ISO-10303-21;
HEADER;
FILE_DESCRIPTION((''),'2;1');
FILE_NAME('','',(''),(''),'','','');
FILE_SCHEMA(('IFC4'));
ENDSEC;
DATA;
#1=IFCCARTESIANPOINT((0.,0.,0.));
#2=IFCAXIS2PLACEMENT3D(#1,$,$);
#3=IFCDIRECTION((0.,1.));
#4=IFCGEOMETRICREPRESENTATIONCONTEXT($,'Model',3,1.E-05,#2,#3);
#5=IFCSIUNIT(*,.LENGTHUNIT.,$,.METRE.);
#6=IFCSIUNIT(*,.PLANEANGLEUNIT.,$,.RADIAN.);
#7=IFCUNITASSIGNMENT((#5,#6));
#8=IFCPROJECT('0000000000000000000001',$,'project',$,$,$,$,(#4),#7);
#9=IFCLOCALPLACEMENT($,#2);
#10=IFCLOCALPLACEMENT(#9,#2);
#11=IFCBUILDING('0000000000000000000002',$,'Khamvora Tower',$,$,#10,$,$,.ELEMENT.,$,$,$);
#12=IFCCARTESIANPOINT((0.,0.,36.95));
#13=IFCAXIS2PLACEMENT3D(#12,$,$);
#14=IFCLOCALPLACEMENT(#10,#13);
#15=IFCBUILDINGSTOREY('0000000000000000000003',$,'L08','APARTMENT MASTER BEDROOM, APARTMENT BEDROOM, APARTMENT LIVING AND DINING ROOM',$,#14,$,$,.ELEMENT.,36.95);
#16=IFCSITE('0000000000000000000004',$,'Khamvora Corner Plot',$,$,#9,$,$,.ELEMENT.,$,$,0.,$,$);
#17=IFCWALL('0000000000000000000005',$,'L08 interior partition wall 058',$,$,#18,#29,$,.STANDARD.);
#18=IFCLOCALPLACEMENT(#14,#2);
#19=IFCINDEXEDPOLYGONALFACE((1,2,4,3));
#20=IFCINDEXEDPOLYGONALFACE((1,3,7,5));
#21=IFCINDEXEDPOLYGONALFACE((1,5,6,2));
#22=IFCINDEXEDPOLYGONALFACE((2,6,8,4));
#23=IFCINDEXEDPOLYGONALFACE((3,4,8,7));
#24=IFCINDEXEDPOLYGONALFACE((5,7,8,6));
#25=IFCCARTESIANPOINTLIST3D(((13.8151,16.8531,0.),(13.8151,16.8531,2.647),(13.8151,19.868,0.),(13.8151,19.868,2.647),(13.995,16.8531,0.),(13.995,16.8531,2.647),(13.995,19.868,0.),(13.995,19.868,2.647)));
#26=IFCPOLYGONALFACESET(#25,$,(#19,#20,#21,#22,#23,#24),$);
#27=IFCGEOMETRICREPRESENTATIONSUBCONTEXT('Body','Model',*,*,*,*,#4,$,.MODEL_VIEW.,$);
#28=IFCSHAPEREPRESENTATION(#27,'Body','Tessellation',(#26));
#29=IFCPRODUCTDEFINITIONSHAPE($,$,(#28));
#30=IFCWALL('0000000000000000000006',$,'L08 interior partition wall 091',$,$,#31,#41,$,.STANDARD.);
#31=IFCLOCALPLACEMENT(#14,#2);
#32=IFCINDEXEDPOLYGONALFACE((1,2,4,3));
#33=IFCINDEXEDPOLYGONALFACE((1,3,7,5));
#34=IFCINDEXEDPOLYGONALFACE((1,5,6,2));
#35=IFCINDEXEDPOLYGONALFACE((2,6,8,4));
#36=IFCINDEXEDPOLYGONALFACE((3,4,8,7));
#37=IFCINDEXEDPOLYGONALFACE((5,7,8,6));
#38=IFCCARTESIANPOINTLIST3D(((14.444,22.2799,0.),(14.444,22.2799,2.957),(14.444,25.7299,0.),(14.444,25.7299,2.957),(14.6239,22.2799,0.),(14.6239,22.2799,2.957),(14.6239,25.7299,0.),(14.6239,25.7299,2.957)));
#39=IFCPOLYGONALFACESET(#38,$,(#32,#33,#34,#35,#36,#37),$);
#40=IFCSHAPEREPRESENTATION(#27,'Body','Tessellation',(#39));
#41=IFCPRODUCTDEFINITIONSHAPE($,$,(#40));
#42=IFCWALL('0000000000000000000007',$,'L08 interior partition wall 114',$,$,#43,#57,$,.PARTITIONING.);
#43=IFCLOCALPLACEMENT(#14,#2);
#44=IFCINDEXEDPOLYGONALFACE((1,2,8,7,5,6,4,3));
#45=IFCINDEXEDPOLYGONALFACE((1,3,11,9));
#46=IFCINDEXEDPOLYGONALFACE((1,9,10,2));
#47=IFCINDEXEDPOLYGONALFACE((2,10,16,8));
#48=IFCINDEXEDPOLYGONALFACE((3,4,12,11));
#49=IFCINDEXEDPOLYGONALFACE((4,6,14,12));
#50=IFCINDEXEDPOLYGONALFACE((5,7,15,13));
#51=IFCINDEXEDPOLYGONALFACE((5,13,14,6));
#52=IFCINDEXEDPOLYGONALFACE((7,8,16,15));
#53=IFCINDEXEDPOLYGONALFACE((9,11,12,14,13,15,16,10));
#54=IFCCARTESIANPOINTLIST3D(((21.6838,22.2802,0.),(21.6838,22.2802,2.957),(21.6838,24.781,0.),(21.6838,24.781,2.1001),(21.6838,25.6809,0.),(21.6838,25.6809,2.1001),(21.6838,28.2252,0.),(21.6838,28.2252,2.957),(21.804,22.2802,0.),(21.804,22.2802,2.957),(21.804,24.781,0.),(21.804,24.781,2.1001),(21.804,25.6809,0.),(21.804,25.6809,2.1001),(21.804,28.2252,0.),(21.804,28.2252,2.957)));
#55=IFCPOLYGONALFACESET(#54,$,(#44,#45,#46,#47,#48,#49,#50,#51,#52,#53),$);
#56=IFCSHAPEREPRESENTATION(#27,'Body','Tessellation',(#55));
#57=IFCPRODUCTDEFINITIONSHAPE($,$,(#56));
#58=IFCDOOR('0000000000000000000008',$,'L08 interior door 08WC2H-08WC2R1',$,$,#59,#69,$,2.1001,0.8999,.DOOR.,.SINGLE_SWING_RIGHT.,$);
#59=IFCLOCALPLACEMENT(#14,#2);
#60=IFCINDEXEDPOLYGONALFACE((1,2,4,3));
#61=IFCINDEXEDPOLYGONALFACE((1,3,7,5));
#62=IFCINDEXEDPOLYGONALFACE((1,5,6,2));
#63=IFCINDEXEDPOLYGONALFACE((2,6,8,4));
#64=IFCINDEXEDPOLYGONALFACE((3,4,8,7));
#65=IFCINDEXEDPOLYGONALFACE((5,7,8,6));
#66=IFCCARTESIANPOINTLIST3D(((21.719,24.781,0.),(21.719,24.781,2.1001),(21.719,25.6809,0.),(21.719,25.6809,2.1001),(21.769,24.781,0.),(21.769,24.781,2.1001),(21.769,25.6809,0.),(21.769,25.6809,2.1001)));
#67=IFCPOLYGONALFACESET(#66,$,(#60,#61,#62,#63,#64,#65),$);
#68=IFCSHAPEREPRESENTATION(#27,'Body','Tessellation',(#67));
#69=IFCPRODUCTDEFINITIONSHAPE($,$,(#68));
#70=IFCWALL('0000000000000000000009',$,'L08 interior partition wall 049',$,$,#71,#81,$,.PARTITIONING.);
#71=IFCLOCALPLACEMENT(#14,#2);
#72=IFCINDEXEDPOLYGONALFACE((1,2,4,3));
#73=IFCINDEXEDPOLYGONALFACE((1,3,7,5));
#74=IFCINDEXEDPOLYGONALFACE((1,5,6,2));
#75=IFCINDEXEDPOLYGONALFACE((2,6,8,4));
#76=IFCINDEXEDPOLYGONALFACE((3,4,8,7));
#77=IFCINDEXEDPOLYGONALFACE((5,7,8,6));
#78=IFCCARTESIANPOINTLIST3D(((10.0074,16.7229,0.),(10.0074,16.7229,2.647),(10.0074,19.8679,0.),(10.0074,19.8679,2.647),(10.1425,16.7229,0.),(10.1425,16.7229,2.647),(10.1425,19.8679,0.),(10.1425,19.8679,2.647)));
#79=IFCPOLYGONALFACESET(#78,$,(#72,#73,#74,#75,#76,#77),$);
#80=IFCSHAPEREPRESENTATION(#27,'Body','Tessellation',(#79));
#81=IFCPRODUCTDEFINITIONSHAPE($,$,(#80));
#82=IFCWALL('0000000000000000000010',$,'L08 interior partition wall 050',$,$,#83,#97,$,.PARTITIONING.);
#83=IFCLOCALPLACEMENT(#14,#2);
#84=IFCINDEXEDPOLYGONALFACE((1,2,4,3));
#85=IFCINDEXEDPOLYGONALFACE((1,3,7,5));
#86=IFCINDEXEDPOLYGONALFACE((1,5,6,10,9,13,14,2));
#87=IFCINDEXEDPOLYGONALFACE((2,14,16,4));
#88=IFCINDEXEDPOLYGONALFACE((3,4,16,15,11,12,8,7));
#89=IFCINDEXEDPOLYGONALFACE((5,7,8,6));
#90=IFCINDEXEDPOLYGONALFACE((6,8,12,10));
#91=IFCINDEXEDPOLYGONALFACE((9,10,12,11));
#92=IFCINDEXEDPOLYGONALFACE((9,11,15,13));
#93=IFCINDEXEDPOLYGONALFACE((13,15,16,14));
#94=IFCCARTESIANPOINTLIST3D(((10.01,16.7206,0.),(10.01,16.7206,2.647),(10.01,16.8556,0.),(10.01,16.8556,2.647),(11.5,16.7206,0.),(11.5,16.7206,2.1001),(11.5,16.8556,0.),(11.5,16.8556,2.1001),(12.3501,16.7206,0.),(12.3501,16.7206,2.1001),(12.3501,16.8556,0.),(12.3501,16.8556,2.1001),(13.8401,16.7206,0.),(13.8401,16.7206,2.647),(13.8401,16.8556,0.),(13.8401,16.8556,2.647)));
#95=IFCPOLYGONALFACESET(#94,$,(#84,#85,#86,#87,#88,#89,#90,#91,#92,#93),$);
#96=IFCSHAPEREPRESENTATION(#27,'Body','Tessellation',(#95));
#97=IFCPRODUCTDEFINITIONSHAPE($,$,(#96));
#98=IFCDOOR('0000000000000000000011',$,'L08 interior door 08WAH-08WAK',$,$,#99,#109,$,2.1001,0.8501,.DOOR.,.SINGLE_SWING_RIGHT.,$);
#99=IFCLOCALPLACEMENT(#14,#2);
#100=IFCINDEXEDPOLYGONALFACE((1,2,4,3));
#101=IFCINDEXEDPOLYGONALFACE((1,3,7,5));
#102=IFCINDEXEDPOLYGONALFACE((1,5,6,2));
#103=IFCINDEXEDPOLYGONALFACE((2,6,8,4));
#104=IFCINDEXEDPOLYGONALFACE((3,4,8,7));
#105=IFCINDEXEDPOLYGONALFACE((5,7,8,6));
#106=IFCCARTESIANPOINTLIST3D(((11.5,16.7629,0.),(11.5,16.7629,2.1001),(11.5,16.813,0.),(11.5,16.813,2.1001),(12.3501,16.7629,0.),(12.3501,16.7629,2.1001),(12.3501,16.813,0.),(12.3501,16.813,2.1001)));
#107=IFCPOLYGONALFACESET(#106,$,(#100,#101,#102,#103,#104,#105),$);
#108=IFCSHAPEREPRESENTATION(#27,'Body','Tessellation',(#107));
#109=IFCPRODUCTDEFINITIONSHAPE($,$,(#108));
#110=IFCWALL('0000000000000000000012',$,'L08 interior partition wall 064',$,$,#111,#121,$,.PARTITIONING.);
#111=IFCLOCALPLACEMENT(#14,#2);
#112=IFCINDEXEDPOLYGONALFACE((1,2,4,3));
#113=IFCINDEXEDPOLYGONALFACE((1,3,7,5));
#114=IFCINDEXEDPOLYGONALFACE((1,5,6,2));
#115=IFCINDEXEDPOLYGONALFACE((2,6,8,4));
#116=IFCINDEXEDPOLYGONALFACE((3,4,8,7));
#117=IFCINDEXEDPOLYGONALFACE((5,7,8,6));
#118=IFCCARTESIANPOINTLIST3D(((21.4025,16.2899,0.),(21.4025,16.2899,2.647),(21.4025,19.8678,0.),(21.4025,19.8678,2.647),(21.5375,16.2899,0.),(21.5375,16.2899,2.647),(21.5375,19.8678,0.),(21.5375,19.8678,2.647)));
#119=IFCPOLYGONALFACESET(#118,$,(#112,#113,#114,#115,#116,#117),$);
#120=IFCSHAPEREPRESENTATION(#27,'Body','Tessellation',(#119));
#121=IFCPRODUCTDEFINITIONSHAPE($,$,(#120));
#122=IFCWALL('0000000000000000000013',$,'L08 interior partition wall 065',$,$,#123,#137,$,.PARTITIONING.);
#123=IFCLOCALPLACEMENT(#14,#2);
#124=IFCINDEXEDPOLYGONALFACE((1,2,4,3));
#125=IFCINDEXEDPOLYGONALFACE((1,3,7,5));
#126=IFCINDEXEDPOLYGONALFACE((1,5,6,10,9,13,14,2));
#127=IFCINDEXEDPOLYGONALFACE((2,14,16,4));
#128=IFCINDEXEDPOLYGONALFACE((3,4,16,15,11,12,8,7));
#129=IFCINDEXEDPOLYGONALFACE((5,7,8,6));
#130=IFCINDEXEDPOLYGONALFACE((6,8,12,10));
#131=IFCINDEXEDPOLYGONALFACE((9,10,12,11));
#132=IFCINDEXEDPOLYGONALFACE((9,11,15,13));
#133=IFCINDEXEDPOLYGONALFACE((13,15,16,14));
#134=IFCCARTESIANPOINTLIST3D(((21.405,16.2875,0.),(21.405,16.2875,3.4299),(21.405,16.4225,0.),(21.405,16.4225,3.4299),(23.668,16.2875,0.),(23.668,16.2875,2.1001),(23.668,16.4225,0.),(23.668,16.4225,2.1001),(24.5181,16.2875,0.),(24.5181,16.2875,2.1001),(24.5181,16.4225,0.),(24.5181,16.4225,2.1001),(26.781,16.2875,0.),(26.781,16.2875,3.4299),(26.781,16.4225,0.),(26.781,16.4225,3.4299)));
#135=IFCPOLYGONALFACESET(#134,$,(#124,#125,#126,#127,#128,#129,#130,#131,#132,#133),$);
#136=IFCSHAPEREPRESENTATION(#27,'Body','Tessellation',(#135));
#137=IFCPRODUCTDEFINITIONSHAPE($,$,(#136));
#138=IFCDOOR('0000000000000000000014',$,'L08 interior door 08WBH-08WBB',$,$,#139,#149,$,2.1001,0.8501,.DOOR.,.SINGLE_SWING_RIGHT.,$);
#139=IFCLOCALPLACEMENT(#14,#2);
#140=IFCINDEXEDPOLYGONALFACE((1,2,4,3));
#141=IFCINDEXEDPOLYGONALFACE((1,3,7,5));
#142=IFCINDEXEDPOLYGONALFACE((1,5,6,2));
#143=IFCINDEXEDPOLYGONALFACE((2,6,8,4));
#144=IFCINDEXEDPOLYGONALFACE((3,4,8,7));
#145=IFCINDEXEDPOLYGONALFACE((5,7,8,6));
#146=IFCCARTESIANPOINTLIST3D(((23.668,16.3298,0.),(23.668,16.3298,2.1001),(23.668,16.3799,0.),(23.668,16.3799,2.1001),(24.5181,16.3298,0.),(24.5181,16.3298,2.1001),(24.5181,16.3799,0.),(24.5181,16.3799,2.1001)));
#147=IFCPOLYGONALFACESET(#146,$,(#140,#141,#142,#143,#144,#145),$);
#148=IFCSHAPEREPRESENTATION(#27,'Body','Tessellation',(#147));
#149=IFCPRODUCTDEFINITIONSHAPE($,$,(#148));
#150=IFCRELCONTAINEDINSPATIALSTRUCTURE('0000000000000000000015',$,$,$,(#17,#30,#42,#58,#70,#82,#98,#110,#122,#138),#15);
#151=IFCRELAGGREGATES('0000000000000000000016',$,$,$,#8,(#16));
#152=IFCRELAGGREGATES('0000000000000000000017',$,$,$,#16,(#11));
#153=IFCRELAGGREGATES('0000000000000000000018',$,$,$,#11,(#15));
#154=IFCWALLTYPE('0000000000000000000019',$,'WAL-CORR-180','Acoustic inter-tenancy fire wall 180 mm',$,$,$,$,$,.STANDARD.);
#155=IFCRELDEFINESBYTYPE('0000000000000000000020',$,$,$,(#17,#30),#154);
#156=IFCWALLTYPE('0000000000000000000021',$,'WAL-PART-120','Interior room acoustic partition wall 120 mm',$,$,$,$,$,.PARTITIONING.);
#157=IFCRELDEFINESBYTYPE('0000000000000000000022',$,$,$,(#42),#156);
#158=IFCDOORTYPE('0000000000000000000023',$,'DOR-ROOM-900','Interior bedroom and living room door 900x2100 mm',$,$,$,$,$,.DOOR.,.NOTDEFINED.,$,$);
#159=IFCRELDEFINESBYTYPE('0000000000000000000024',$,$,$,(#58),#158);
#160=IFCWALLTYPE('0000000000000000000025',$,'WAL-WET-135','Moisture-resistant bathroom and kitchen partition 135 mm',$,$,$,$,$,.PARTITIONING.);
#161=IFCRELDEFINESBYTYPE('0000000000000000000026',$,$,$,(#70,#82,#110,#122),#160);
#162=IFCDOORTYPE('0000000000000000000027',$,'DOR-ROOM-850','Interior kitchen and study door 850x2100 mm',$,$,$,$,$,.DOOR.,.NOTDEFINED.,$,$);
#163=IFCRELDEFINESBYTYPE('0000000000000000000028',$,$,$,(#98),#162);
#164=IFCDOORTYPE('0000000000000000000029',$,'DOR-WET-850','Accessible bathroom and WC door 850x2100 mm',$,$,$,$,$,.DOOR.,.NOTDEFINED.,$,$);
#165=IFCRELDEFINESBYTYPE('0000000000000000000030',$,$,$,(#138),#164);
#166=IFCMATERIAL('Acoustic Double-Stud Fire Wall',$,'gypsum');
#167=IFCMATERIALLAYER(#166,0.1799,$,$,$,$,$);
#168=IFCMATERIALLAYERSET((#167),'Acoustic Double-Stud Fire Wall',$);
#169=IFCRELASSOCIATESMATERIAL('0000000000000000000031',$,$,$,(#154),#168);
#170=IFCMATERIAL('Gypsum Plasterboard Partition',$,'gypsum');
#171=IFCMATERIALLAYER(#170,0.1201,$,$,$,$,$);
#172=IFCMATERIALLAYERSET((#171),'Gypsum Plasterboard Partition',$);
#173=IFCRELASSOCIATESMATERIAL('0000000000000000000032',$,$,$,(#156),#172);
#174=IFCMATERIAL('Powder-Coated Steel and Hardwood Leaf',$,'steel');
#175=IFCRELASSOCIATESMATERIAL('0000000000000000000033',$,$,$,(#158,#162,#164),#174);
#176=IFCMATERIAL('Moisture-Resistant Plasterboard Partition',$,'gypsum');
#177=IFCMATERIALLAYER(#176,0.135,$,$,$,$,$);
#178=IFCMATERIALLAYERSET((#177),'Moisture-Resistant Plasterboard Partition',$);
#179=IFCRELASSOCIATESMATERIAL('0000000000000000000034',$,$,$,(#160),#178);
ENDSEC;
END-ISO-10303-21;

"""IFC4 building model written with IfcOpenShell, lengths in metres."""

from ifc_helpers import new_model, si_unit, direction, frame, frame_2d, origin, place, context, subcontext, project, spatial, rectangle, extrude, material, layer, layer_set, type_object, element, fill, save


model = new_model("IFC4")

# Units and contexts
model_context = context("Model", 3, precision=1e-05, world=origin(), true_north=direction((0.0, 1.0)))
body_context = subcontext(model_context, "Body", "Model", "MODEL_VIEW")
ifc_project = project(units=[si_unit("LENGTHUNIT", "METRE"), si_unit("PLANEANGLEUNIT", "RADIAN")], contexts=[model_context])

# Site, building, storey
site_placement = place(None, origin())
site = spatial("IfcSite", under=ifc_project, at=site_placement, Name="Khamvora Corner Plot", CompositionType="ELEMENT", RefElevation=0.0)
building_placement = place(site_placement, origin())
building = spatial("IfcBuilding", under=site, at=building_placement, Name="Khamvora Tower", CompositionType="ELEMENT")
storey_placement = place(building_placement, frame((0.0, 0.0, 36.95)))
storey = spatial("IfcBuildingStorey", under=building, at=storey_placement, Name="L08", Description="APARTMENT MASTER BEDROOM, APARTMENT BEDROOM, APARTMENT LIVING AND DINING ROOM", CompositionType="ELEMENT", Elevation=36.95)

# Shared definitions
ifc_material_1 = material(Name="Powder-Coated Steel and Hardwood Leaf", Category="steel")

# Walls
ifc_material_2 = material(Name="Acoustic Double-Stud Fire Wall", Category="gypsum")
ifc_layer_1 = layer(ifc_material_2, 0.1799)
ifc_layer_set_1 = layer_set([ifc_layer_1], Name="Acoustic Double-Stud Fire Wall")
wall_type_1 = type_object("IfcWallType", Name="WAL-CORR-180", Description="Acoustic inter-tenancy fire wall 180 mm", PredefinedType="STANDARD", material=ifc_layer_set_1)
wall_1_placement = place(storey_placement, frame((13.905, 19.8679, 0.0), z_axis=(0.0, 0.0, 1.0), x_axis=(0.0, -1.0, 0.0)))
element("IfcWall", 1, at=wall_1_placement, inside=storey, type_object=wall_type_1, Name="L08 interior partition wall 058", PredefinedType="STANDARD", context=body_context, shape_type="SweptSolid", body=[
    extrude(rectangle(XDim=3.0149, YDim=0.1799, at=frame_2d((1.5073, 0.0))), origin(), (0.0, 0.0, 1.0), 2.647),
])
wall_2_placement = place(storey_placement, frame((14.5339, 25.73, 0.0), z_axis=(0.0, 0.0, 1.0), x_axis=(0.0, -1.0, 0.0)))
element("IfcWall", 2, at=wall_2_placement, inside=storey, type_object=wall_type_1, Name="L08 interior partition wall 091", PredefinedType="STANDARD", context=body_context, shape_type="SweptSolid", body=[
    extrude(rectangle(XDim=3.45, YDim=0.1799, at=frame_2d((1.7251, 0.0))), origin(), (0.0, 0.0, 1.0), 2.957),
])

# Wall, opening, door
ifc_material_3 = material(Name="Gypsum Plasterboard Partition", Category="gypsum")
ifc_layer_2 = layer(ifc_material_3, 0.1201)
ifc_layer_set_2 = layer_set([ifc_layer_2], Name="Gypsum Plasterboard Partition")
wall_type_2 = type_object("IfcWallType", Name="WAL-PART-120", Description="Interior room acoustic partition wall 120 mm", PredefinedType="PARTITIONING", material=ifc_layer_set_2)
wall_3_placement = place(storey_placement, frame((21.7439, 22.28, 0.0), z_axis=(0.0, 0.0, 1.0), x_axis=(0.0, 1.0, 0.0)))
wall_3 = element("IfcWall", 3, at=wall_3_placement, inside=storey, type_object=wall_type_2, Name="L08 interior partition wall 114", PredefinedType="PARTITIONING", context=body_context, shape_type="SweptSolid", body=[
    extrude(rectangle(XDim=5.9451, YDim=0.1201, at=frame_2d((2.9727, 0.0))), origin(), (0.0, 0.0, 1.0), 2.957),
])
opening_1_placement = place(wall_3_placement, frame((2.501, 0.0, 0.0)))
opening_1 = element("IfcOpeningElement", 4, at=opening_1_placement, cuts=wall_3, PredefinedType="OPENING", context=body_context, shape_type="SweptSolid", body=[
    extrude(rectangle(XDim=0.8999, YDim=2.1001, at=frame_2d((0.45, 1.05))), frame((0.0, 0.0701, 0.0), z_axis=(0.0, -1.0, 0.0), x_axis=(1.0, 0.0, 0.0)), (0.0, 0.0, 1.0), 0.1401),
])
door_type_1 = type_object("IfcDoorType", Name="DOR-ROOM-900", Description="Interior bedroom and living room door 900x2100 mm", OperationType="NOTDEFINED", PredefinedType="DOOR", material=ifc_material_1)
door_1_placement = place(opening_1_placement, origin())
door_1 = element("IfcDoor", 5, at=door_1_placement, inside=storey, type_object=door_type_1, Name="L08 interior door 08WC2H-08WC2R1", OperationType="SINGLE_SWING_RIGHT", OverallHeight=2.1001, OverallWidth=0.8999, PredefinedType="DOOR", context=body_context, shape_type="SweptSolid", body=[
    extrude(rectangle(XDim=0.8999, YDim=2.1001, at=frame_2d((0.45, 1.05))), frame((0.0, 0.0249, 0.0), z_axis=(0.0, -1.0, 0.0), x_axis=(1.0, 0.0, 0.0)), (0.0, 0.0, 1.0), 0.05),
])
fill(opening_1, door_1)

# Wall
ifc_material_4 = material(Name="Moisture-Resistant Plasterboard Partition", Category="gypsum")
ifc_layer_3 = layer(ifc_material_4, 0.135)
ifc_layer_set_3 = layer_set([ifc_layer_3], Name="Moisture-Resistant Plasterboard Partition")
wall_type_3 = type_object("IfcWallType", Name="WAL-WET-135", Description="Moisture-resistant bathroom and kitchen partition 135 mm", PredefinedType="PARTITIONING", material=ifc_layer_set_3)
wall_4_placement = place(storey_placement, frame((10.075, 19.8679, 0.0), z_axis=(0.0, 0.0, 1.0), x_axis=(0.0, -1.0, 0.0)))
element("IfcWall", 6, at=wall_4_placement, inside=storey, type_object=wall_type_3, Name="L08 interior partition wall 049", PredefinedType="PARTITIONING", context=body_context, shape_type="SweptSolid", body=[
    extrude(rectangle(XDim=3.145, YDim=0.135, at=frame_2d((1.5725, 0.0))), origin(), (0.0, 0.0, 1.0), 2.647),
])

# Wall, opening, door
wall_5_placement = place(storey_placement, frame((10.01, 16.7881, 0.0), z_axis=(0.0, 0.0, 1.0), x_axis=(1.0, 0.0, 0.0)))
wall_5 = element("IfcWall", 7, at=wall_5_placement, inside=storey, type_object=wall_type_3, Name="L08 interior partition wall 050", PredefinedType="PARTITIONING", context=body_context, shape_type="SweptSolid", body=[
    extrude(rectangle(XDim=3.8301, YDim=0.135, at=frame_2d((1.915, 0.0))), origin(), (0.0, 0.0, 1.0), 2.647),
])
opening_2_placement = place(wall_5_placement, frame((1.49, 0.0, 0.0)))
opening_2 = element("IfcOpeningElement", 8, at=opening_2_placement, cuts=wall_5, PredefinedType="OPENING", context=body_context, shape_type="SweptSolid", body=[
    extrude(rectangle(XDim=0.8501, YDim=2.1001, at=frame_2d((0.425, 1.05))), frame((0.0, 0.0774, 0.0), z_axis=(0.0, -1.0, 0.0), x_axis=(1.0, 0.0, 0.0)), (0.0, 0.0, 1.0), 0.155),
])
door_type_2 = type_object("IfcDoorType", Name="DOR-ROOM-850", Description="Interior kitchen and study door 850x2100 mm", OperationType="NOTDEFINED", PredefinedType="DOOR", material=ifc_material_1)
door_2_placement = place(opening_2_placement, origin())
door_2 = element("IfcDoor", 9, at=door_2_placement, inside=storey, type_object=door_type_2, Name="L08 interior door 08WAH-08WAK", OperationType="SINGLE_SWING_RIGHT", OverallHeight=2.1001, OverallWidth=0.8501, PredefinedType="DOOR", context=body_context, shape_type="SweptSolid", body=[
    extrude(rectangle(XDim=0.8501, YDim=2.1001, at=frame_2d((0.425, 1.05))), frame((0.0, 0.0249, 0.0), z_axis=(0.0, -1.0, 0.0), x_axis=(1.0, 0.0, 0.0)), (0.0, 0.0, 1.0), 0.05),
])
fill(opening_2, door_2)

# Wall
wall_6_placement = place(storey_placement, frame((21.47, 19.8679, 0.0), z_axis=(0.0, 0.0, 1.0), x_axis=(0.0, -1.0, 0.0)))
element("IfcWall", 10, at=wall_6_placement, inside=storey, type_object=wall_type_3, Name="L08 interior partition wall 064", PredefinedType="PARTITIONING", context=body_context, shape_type="SweptSolid", body=[
    extrude(rectangle(XDim=3.5779, YDim=0.135, at=frame_2d((1.7891, 0.0))), origin(), (0.0, 0.0, 1.0), 2.647),
])

# Wall, opening, door
wall_7_placement = place(storey_placement, frame((21.405, 16.355, 0.0), z_axis=(0.0, 0.0, 1.0), x_axis=(1.0, 0.0, 0.0)))
wall_7 = element("IfcWall", 11, at=wall_7_placement, inside=storey, type_object=wall_type_3, Name="L08 interior partition wall 065", PredefinedType="PARTITIONING", context=body_context, shape_type="SweptSolid", body=[
    extrude(rectangle(XDim=5.376, YDim=0.135, at=frame_2d((2.688, 0.0))), origin(), (0.0, 0.0, 1.0), 3.4299),
])
opening_3_placement = place(wall_7_placement, frame((2.2629, 0.0, 0.0)))
opening_3 = element("IfcOpeningElement", 12, at=opening_3_placement, cuts=wall_7, PredefinedType="OPENING", context=body_context, shape_type="SweptSolid", body=[
    extrude(rectangle(XDim=0.8501, YDim=2.1001, at=frame_2d((0.425, 1.05))), frame((0.0, 0.0774, 0.0), z_axis=(0.0, -1.0, 0.0), x_axis=(1.0, 0.0, 0.0)), (0.0, 0.0, 1.0), 0.155),
])
door_type_3 = type_object("IfcDoorType", Name="DOR-WET-850", Description="Accessible bathroom and WC door 850x2100 mm", OperationType="NOTDEFINED", PredefinedType="DOOR", material=ifc_material_1)
door_3_placement = place(opening_3_placement, origin())
door_3 = element("IfcDoor", 13, at=door_3_placement, inside=storey, type_object=door_type_3, Name="L08 interior door 08WBH-08WBB", OperationType="SINGLE_SWING_RIGHT", OverallHeight=2.1001, OverallWidth=0.8501, PredefinedType="DOOR", context=body_context, shape_type="SweptSolid", body=[
    extrude(rectangle(XDim=0.8501, YDim=2.1001, at=frame_2d((0.425, 1.05))), frame((0.0, 0.0249, 0.0), z_axis=(0.0, -1.0, 0.0), x_axis=(1.0, 0.0, 0.0)), (0.0, 0.0, 1.0), 0.05),
])
fill(opening_3, door_3)

save(model, "model.ifc")
